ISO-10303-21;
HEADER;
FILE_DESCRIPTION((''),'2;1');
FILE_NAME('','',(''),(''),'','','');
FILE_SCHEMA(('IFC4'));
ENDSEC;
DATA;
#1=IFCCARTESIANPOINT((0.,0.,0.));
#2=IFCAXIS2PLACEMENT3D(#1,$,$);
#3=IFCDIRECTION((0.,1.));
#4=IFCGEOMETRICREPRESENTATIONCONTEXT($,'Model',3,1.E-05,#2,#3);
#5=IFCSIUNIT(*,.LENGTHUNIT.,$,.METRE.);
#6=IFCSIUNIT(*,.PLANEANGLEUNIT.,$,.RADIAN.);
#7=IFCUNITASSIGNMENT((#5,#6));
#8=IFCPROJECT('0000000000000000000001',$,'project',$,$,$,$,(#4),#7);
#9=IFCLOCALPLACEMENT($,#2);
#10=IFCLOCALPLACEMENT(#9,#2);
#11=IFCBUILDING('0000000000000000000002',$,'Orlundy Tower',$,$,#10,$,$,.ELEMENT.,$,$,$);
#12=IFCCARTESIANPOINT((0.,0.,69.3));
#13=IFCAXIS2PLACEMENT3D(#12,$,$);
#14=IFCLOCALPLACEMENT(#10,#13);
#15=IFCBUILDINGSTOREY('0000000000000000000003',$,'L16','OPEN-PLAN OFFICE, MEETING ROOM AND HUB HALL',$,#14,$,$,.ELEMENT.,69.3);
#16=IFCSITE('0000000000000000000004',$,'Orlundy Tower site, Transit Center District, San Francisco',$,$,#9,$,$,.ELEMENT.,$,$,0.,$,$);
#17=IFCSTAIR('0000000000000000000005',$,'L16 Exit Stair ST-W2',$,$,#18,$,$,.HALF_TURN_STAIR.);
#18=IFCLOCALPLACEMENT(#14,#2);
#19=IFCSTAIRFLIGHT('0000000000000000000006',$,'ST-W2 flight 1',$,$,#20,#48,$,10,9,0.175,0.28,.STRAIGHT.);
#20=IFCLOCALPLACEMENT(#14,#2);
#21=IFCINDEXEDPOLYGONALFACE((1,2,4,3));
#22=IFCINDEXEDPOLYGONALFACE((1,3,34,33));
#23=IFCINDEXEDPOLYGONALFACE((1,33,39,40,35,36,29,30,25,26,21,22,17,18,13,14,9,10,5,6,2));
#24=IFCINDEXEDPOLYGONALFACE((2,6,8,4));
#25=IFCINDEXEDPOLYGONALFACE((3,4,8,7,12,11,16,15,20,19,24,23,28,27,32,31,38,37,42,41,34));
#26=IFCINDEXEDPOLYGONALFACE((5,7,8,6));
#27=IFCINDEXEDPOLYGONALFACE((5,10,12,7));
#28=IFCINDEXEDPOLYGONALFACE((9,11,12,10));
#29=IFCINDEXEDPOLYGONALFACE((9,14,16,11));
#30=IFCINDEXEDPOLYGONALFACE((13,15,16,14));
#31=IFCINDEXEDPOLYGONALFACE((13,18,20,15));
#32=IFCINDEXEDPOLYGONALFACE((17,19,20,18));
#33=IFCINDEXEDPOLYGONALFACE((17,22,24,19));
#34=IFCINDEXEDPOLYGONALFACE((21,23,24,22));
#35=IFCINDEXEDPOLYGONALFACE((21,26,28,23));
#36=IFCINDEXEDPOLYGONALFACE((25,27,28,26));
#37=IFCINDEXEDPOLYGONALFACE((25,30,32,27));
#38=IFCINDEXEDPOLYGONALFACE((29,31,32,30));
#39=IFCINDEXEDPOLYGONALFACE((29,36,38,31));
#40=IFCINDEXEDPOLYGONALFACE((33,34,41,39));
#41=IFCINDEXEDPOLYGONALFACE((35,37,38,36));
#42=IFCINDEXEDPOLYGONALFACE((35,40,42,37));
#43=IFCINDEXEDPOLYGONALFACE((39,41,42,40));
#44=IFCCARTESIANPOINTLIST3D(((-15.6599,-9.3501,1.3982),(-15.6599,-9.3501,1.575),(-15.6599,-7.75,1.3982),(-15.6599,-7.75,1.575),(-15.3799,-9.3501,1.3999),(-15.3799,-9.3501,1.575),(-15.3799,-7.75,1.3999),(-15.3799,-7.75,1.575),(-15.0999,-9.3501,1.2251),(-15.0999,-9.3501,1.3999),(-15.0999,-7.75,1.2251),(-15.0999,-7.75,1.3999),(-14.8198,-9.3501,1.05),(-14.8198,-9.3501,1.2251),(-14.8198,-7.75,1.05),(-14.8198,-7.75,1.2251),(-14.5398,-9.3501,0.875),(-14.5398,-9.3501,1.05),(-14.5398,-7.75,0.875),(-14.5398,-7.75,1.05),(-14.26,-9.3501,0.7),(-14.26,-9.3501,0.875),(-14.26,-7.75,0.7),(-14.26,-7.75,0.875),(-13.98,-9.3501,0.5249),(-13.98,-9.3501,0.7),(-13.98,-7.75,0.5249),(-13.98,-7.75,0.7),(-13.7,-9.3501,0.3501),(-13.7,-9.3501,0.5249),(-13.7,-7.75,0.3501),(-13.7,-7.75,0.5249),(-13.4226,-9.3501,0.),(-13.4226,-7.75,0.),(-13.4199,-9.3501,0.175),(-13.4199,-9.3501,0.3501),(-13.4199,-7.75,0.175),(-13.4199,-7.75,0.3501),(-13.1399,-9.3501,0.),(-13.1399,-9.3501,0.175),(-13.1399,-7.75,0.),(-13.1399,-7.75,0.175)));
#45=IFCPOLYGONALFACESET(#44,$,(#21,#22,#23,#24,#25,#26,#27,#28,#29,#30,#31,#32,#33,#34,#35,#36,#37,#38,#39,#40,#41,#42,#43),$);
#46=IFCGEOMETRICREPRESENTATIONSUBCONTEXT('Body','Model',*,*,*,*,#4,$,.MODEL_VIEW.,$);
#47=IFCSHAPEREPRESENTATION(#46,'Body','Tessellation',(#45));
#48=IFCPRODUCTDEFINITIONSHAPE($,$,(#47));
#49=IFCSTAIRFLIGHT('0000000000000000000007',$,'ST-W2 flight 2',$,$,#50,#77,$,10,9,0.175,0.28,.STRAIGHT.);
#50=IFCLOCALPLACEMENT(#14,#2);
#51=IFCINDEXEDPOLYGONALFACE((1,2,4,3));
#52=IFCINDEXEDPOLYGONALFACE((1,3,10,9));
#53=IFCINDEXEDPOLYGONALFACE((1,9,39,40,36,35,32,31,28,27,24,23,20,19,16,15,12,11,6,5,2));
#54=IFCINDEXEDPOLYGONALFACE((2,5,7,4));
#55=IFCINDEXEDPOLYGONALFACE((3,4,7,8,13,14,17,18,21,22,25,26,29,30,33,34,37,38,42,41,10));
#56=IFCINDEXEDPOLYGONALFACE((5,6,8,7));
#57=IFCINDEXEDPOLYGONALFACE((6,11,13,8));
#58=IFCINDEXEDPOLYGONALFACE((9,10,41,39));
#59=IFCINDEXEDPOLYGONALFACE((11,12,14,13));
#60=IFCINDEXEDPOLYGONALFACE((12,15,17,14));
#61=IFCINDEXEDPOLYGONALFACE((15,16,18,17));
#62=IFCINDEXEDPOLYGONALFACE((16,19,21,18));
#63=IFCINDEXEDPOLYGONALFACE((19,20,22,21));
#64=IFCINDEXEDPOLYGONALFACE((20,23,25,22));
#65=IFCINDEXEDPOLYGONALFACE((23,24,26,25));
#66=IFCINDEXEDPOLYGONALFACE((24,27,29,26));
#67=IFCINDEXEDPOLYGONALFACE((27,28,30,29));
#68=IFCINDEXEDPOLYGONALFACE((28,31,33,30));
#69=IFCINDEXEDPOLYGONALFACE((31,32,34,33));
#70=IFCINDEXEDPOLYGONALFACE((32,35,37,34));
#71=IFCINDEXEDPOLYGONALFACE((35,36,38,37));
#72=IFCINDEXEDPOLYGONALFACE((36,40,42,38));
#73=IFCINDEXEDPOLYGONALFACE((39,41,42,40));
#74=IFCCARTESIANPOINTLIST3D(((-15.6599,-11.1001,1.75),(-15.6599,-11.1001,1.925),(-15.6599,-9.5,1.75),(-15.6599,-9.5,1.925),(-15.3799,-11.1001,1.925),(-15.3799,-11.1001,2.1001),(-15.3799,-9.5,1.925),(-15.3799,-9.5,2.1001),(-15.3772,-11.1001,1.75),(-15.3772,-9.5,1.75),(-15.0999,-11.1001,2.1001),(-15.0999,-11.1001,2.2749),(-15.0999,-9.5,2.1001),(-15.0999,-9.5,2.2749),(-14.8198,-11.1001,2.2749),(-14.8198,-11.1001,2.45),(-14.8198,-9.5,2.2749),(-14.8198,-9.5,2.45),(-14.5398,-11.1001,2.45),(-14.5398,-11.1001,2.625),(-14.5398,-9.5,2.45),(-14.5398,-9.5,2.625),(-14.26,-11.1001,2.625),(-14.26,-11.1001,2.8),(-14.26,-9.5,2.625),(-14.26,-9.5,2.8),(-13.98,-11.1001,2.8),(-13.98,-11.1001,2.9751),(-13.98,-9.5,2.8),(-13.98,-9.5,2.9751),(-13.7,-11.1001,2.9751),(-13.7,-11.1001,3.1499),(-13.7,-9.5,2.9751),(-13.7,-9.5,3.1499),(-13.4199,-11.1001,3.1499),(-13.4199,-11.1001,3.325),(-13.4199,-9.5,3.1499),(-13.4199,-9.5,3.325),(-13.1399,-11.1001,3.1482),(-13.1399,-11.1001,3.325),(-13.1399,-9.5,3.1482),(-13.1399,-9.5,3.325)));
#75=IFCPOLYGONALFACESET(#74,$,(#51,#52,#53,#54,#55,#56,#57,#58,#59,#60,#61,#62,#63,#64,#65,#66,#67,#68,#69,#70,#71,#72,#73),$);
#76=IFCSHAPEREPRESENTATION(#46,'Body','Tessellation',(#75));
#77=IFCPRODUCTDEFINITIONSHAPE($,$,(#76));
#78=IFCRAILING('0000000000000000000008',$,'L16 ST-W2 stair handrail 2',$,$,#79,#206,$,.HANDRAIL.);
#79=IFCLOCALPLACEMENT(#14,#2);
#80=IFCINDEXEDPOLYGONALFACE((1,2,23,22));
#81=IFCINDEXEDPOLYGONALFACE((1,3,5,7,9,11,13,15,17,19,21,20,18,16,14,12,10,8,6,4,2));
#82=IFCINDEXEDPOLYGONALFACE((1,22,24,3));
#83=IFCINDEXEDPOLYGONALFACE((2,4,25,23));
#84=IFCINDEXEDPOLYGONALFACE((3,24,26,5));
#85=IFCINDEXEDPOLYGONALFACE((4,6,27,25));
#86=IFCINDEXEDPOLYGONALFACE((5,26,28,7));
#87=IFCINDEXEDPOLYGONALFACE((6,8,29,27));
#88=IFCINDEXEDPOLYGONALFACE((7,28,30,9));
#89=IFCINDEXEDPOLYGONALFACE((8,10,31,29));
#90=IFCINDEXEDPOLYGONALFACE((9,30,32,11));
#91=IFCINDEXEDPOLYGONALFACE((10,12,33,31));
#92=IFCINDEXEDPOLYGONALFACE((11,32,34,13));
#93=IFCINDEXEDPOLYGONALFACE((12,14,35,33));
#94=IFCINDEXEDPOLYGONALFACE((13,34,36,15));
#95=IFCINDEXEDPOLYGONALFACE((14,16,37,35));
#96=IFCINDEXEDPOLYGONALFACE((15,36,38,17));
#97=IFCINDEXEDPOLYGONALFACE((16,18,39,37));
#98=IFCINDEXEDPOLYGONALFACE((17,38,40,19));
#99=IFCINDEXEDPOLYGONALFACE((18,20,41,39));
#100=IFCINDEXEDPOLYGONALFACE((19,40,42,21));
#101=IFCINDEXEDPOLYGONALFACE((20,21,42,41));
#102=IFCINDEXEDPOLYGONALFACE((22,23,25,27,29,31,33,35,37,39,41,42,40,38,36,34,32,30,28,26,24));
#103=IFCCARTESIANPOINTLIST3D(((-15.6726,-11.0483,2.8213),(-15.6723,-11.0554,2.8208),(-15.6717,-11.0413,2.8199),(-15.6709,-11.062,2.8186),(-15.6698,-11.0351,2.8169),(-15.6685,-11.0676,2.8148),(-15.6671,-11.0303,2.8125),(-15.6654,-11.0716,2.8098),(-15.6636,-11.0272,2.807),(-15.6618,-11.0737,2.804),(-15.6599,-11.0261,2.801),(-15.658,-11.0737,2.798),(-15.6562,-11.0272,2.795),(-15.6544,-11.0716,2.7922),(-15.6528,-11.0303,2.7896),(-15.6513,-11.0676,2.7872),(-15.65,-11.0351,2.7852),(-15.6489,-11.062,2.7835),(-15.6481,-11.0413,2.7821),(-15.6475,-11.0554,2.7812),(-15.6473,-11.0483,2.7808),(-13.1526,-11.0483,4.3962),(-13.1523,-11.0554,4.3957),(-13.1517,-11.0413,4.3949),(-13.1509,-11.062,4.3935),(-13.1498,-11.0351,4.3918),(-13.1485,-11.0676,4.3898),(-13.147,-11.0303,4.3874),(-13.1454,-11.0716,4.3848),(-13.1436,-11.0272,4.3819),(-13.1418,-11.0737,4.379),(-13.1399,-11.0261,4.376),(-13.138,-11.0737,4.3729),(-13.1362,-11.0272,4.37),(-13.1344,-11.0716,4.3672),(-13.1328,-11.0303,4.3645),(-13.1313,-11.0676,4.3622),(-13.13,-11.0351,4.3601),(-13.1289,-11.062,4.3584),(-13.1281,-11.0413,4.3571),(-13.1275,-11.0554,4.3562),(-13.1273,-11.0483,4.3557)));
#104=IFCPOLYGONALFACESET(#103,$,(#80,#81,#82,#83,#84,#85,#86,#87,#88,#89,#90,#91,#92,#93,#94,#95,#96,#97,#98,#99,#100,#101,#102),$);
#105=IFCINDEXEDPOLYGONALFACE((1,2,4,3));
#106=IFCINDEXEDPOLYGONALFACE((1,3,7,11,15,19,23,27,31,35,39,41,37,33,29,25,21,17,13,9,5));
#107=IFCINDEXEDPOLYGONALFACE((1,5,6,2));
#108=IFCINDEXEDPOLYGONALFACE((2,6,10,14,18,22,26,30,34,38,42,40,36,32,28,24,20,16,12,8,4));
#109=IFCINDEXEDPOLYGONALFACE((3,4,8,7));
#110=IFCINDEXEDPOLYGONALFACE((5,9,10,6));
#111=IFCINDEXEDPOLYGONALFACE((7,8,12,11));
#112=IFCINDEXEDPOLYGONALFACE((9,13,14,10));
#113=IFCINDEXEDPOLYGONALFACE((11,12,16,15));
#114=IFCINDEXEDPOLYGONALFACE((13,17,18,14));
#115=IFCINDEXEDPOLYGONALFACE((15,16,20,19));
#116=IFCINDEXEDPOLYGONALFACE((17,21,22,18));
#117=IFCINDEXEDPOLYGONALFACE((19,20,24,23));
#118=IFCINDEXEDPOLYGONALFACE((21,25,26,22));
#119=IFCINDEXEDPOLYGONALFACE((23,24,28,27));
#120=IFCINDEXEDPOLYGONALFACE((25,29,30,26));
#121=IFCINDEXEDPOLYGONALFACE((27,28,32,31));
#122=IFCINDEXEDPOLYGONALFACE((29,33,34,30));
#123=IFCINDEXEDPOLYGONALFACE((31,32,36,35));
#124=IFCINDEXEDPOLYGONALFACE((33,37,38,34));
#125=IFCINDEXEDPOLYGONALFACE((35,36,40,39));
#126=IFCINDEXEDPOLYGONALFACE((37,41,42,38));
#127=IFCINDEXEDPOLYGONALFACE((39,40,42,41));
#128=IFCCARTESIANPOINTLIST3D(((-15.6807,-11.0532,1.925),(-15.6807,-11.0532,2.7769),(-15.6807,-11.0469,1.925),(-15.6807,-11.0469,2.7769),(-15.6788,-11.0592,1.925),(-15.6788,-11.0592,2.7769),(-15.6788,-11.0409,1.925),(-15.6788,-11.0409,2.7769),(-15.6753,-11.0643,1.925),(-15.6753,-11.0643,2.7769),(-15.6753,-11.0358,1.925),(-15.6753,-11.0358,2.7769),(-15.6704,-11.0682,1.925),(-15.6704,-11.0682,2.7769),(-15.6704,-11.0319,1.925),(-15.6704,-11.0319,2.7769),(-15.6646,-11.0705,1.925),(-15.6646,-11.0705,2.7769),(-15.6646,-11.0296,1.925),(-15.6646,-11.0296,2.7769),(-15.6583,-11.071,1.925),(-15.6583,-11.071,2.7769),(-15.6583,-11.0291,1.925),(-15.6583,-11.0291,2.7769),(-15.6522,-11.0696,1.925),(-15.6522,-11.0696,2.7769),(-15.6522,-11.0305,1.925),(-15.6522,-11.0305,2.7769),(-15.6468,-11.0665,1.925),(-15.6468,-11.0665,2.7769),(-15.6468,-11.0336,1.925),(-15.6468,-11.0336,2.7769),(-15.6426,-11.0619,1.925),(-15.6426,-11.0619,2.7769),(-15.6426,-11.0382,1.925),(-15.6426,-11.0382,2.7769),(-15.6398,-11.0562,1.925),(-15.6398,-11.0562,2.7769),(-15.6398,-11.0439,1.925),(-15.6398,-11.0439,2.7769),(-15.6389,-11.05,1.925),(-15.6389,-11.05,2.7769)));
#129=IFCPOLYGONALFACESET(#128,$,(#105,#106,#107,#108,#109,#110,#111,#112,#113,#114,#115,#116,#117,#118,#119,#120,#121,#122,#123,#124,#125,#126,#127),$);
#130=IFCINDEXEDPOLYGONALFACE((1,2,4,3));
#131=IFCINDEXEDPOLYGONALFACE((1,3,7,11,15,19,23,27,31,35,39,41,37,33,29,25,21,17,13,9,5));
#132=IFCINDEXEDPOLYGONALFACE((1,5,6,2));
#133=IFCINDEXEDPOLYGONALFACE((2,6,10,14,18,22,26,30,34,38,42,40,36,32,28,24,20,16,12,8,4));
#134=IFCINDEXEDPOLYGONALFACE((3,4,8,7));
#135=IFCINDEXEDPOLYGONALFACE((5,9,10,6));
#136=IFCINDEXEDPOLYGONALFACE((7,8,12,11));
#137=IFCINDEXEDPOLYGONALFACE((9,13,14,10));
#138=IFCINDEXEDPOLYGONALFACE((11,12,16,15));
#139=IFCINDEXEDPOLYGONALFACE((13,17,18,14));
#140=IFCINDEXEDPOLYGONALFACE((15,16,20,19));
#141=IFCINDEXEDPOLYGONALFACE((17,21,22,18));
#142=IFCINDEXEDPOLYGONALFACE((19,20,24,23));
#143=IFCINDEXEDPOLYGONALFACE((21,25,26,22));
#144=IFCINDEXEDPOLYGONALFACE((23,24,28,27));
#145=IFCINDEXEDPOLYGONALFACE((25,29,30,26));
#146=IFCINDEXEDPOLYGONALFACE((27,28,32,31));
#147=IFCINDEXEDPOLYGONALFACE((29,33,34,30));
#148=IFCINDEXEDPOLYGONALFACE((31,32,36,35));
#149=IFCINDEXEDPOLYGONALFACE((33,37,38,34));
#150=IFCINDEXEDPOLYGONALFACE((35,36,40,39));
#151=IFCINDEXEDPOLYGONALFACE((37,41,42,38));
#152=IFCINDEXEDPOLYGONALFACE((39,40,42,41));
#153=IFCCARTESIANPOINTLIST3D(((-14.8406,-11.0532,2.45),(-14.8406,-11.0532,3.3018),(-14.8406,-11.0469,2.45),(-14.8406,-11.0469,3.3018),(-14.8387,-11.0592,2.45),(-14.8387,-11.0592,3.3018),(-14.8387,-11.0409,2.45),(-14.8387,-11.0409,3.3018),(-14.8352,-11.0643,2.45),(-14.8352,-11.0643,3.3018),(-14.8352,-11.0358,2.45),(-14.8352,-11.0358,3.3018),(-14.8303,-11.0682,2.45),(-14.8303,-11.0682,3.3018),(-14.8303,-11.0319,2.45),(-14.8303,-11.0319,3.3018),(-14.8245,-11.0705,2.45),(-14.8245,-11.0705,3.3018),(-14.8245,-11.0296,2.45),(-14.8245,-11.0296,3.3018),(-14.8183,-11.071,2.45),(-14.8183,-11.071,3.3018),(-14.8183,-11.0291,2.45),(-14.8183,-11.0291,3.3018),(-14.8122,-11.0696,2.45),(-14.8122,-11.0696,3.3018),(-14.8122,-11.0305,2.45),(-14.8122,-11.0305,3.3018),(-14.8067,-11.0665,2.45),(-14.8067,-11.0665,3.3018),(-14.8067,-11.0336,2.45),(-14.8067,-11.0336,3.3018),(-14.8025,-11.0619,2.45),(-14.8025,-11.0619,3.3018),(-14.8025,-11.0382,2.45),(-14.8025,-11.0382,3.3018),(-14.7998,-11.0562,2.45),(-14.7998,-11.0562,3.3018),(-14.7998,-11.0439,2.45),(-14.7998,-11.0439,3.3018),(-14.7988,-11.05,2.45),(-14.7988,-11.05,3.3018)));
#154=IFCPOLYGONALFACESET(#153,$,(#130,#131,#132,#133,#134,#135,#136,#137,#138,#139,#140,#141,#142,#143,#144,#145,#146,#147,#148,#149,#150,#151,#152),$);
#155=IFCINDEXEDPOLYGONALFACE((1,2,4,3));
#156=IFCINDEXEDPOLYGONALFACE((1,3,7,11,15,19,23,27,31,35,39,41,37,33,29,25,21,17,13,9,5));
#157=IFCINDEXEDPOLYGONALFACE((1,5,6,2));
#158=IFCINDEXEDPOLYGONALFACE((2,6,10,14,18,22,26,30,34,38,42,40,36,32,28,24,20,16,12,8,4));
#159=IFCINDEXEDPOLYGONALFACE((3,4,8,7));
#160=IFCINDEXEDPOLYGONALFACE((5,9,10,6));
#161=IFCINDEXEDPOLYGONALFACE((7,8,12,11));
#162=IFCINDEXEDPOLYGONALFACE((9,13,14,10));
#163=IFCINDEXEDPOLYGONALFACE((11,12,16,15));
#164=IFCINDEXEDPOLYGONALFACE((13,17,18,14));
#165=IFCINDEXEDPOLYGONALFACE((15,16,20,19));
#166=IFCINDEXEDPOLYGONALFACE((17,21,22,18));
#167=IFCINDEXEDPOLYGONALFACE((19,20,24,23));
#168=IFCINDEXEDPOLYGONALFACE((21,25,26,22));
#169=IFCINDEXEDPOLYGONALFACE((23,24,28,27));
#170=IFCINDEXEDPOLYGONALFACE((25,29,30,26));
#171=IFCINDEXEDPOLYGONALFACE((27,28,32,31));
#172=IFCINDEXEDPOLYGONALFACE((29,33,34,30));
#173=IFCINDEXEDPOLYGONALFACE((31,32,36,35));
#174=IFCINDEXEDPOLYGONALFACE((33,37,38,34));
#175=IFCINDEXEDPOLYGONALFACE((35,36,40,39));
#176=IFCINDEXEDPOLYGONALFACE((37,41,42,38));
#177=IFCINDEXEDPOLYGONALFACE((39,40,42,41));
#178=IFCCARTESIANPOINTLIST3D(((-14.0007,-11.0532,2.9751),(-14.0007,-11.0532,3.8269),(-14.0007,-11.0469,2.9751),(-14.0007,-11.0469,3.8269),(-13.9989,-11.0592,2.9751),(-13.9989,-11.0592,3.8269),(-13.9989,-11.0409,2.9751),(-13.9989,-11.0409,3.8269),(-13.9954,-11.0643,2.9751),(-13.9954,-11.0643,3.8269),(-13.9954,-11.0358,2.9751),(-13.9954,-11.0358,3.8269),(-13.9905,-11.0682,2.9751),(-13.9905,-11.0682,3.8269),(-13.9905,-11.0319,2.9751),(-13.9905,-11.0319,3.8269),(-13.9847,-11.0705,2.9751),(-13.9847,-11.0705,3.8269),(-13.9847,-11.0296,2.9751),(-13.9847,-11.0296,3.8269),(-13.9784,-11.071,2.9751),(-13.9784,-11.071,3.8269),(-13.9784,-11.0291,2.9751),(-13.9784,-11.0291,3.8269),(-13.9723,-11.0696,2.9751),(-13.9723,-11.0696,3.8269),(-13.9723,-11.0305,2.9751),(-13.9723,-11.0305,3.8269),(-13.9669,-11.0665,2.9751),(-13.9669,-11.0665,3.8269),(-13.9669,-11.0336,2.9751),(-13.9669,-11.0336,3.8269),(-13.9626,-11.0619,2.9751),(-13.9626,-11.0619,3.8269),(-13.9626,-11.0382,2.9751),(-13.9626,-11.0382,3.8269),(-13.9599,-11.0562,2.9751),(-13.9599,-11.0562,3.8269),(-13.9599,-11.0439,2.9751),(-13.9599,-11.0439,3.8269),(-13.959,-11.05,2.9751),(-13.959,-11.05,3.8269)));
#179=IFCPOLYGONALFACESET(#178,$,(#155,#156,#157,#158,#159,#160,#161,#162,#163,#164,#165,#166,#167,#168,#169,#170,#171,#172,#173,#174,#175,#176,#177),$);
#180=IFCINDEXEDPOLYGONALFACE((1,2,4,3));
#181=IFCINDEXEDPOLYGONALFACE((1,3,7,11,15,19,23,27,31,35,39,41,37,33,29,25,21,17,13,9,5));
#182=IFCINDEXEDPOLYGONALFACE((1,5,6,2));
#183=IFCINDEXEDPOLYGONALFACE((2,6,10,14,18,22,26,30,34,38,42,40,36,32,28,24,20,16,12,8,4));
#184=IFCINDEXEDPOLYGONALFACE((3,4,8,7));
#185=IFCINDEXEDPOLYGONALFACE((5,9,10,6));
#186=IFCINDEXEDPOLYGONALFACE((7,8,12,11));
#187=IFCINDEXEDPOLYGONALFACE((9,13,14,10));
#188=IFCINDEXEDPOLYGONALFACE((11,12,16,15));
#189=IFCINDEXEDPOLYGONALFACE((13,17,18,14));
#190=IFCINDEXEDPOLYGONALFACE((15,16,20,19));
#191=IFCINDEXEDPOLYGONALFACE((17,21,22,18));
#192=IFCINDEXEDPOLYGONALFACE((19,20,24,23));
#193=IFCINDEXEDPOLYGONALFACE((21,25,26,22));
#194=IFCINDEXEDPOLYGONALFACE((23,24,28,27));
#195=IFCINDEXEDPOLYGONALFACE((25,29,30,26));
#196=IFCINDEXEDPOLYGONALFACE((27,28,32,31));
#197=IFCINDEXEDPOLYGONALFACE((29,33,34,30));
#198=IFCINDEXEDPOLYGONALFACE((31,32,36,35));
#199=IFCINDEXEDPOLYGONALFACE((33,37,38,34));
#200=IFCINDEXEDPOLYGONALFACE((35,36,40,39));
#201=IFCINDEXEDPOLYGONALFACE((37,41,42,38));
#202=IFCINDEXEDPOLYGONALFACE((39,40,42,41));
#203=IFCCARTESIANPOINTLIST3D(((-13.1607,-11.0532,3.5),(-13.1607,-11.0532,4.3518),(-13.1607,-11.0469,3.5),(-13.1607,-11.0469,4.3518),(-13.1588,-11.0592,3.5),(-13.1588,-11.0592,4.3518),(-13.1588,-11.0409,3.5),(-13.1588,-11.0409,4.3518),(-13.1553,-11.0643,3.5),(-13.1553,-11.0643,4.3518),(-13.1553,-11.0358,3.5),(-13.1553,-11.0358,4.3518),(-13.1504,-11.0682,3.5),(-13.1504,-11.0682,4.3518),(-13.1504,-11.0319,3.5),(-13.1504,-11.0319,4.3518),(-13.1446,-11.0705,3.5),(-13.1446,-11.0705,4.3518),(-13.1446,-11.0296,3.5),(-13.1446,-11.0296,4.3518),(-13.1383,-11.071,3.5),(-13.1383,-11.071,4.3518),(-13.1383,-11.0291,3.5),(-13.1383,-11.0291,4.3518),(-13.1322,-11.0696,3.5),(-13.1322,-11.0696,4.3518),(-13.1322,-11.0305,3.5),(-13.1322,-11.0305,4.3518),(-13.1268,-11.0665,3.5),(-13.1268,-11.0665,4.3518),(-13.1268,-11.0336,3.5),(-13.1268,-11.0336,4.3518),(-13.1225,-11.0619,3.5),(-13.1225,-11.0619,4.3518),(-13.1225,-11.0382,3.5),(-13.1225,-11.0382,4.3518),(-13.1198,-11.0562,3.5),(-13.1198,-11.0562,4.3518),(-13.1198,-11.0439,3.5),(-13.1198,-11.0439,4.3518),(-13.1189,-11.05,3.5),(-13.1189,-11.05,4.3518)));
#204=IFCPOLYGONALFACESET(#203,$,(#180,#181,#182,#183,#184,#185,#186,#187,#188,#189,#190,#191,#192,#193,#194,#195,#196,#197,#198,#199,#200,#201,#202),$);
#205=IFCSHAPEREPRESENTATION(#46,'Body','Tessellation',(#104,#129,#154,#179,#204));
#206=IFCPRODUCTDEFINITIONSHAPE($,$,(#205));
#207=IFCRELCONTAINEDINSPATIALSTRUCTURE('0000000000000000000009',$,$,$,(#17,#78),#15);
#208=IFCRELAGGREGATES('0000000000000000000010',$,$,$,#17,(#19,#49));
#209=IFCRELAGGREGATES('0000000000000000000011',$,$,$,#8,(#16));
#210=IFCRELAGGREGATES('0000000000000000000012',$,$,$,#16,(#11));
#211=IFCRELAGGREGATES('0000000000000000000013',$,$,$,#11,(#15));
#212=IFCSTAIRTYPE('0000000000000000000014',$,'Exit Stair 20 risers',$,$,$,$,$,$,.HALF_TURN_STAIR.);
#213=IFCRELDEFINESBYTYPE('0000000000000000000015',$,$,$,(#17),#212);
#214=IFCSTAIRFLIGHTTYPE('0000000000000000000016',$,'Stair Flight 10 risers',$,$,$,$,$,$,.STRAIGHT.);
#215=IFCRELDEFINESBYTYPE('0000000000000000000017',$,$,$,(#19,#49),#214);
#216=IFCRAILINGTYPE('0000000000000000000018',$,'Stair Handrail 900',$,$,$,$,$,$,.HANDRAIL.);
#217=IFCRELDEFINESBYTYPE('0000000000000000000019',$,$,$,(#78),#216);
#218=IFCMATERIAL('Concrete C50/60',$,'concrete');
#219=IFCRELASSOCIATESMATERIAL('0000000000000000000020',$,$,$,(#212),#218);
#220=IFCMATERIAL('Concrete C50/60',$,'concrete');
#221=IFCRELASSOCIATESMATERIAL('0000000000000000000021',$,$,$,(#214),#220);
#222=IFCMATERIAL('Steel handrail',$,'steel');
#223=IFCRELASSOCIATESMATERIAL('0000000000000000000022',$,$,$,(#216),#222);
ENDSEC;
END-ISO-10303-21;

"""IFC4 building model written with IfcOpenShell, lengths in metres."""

from ifc_helpers import new_model, si_unit, direction, frame, origin, origin_2d, place, context, subcontext, project, spatial, polyline, circle, outline, extrude, material, type_object, element, aggregate, save


model = new_model("IFC4")

# Units and contexts
model_context = context("Model", 3, precision=1e-05, world=origin(), true_north=direction((0.0, 1.0)))
body_context = subcontext(model_context, "Body", "Model", "MODEL_VIEW")
ifc_project = project(units=[si_unit("LENGTHUNIT", "METRE"), si_unit("PLANEANGLEUNIT", "RADIAN")], contexts=[model_context])

# Site, building, storey
site_placement = place(None, origin())
site = spatial("IfcSite", under=ifc_project, at=site_placement, Name="Orlundy Tower site, Transit Center District, San Francisco", CompositionType="ELEMENT", RefElevation=0.0)
building_placement = place(site_placement, origin())
building = spatial("IfcBuilding", under=site, at=building_placement, Name="Orlundy Tower", CompositionType="ELEMENT")
storey_placement = place(building_placement, frame((0.0, 0.0, 69.3)))
storey = spatial("IfcBuildingStorey", under=building, at=storey_placement, Name="L16", Description="OPEN-PLAN OFFICE, MEETING ROOM AND HUB HALL", CompositionType="ELEMENT", Elevation=69.3)

# Stair, stair flights
ifc_material_1 = material(Name="Concrete C50/60", Category="concrete")
stair_type = type_object("IfcStairType", Name="Exit Stair 20 risers", PredefinedType="HALF_TURN_STAIR", material=ifc_material_1)
stair_placement = place(storey_placement, origin())
stair = element("IfcStair", 1, at=stair_placement, inside=storey, type_object=stair_type, Name="L16 Exit Stair ST-W2", PredefinedType="HALF_TURN_STAIR")
ifc_material_2 = material(Name="Concrete C50/60", Category="concrete")
stair_flight_type = type_object("IfcStairFlightType", Name="Stair Flight 10 risers", PredefinedType="STRAIGHT", material=ifc_material_2)
stair_flight_1_placement = place(storey_placement, frame((-13.1399, -8.55, 0.0), z_axis=(0.0, 0.0, 1.0), x_axis=(-1.0, 0.0, 0.0)))
stair_flight_1 = element("IfcStairFlight", 2, at=stair_flight_1_placement, type_object=stair_flight_type, Name="ST-W2 flight 1", NumberOfRisers=10, NumberOfTreads=9, PredefinedType="STRAIGHT", RiserHeight=0.175, TreadLength=0.28, context=body_context, shape_type="SweptSolid", body=[
    extrude(outline(polyline([(0.0, 0.0), (0.0, 0.175), (0.28, 0.175), (0.28, 0.3501), (0.5601, 0.3501), (0.5601, 0.5249), (0.8401, 0.5249), (0.8401, 0.7), (1.1201, 0.7), (1.1201, 0.875), (1.3999, 0.875), (1.3999, 1.05), (1.6799, 1.05), (1.6799, 1.2251), (1.96, 1.2251), (1.96, 1.3999), (2.24, 1.3999), (2.24, 1.575), (2.52, 1.575), (2.52, 1.75), (2.52, 1.3982), (0.2827, 0.0), (0.0, 0.0)])), frame((0.0, 0.8, 0.0), z_axis=(0.0, -1.0, 0.0), x_axis=(1.0, 0.0, 0.0)), (0.0, 0.0, 1.0), 1.6001),
])
stair_flight_2_placement = place(storey_placement, frame((-15.6599, -10.3, 1.75), z_axis=(0.0, 0.0, 1.0), x_axis=(1.0, 0.0, 0.0)))
stair_flight_2 = element("IfcStairFlight", 3, at=stair_flight_2_placement, type_object=stair_flight_type, Name="ST-W2 flight 2", NumberOfRisers=10, NumberOfTreads=9, PredefinedType="STRAIGHT", RiserHeight=0.175, TreadLength=0.28, context=body_context, shape_type="SweptSolid", body=[
    extrude(outline(polyline([(0.0, 0.0), (0.0, 0.175), (0.28, 0.175), (0.28, 0.3501), (0.5601, 0.3501), (0.5601, 0.5249), (0.8401, 0.5249), (0.8401, 0.7), (1.1201, 0.7), (1.1201, 0.875), (1.3999, 0.875), (1.3999, 1.05), (1.6799, 1.05), (1.6799, 1.2251), (1.96, 1.2251), (1.96, 1.3999), (2.24, 1.3999), (2.24, 1.575), (2.52, 1.575), (2.52, 1.75), (2.52, 1.3982), (0.2827, 0.0), (0.0, 0.0)])), frame((0.0, 0.8, 0.0), z_axis=(0.0, -1.0, 0.0), x_axis=(1.0, 0.0, 0.0)), (0.0, 0.0, 1.0), 1.6001),
])
aggregate(stair, [stair_flight_1, stair_flight_2])

# Railing
ifc_material_3 = material(Name="Steel handrail", Category="steel")
railing_type = type_object("IfcRailingType", Name="Stair Handrail 900", PredefinedType="HANDRAIL", material=ifc_material_3)
railing_placement = place(storey_placement, frame((-15.6599, -11.05, 1.925)))
element("IfcRailing", 4, at=railing_placement, inside=storey, type_object=railing_type, Name="L16 ST-W2 stair handrail 2", PredefinedType="HANDRAIL", context=body_context, shape_type="SweptSolid", body=[
    extrude(circle(Radius=0.0239, at=origin_2d()), frame((0.0, 0.0, 0.876), z_axis=(0.848008, 0.0, 0.529984), x_axis=(0.0, 1.0, 0.0)), (0.0, 0.0, 1.0), 2.9717),
    extrude(circle(Radius=0.021, at=origin_2d()), origin(), (0.0, 0.0, 1.0), 0.8518),
    extrude(circle(Radius=0.021, at=origin_2d()), frame((0.8401, 0.0, 0.5249)), (0.0, 0.0, 1.0), 0.8518),
    extrude(circle(Radius=0.021, at=origin_2d()), frame((1.6799, 0.0, 1.05)), (0.0, 0.0, 1.0), 0.8518),
    extrude(circle(Radius=0.021, at=origin_2d()), frame((2.52, 0.0, 1.575)), (0.0, 0.0, 1.0), 0.8518),
])

save(model, "model.ifc")
